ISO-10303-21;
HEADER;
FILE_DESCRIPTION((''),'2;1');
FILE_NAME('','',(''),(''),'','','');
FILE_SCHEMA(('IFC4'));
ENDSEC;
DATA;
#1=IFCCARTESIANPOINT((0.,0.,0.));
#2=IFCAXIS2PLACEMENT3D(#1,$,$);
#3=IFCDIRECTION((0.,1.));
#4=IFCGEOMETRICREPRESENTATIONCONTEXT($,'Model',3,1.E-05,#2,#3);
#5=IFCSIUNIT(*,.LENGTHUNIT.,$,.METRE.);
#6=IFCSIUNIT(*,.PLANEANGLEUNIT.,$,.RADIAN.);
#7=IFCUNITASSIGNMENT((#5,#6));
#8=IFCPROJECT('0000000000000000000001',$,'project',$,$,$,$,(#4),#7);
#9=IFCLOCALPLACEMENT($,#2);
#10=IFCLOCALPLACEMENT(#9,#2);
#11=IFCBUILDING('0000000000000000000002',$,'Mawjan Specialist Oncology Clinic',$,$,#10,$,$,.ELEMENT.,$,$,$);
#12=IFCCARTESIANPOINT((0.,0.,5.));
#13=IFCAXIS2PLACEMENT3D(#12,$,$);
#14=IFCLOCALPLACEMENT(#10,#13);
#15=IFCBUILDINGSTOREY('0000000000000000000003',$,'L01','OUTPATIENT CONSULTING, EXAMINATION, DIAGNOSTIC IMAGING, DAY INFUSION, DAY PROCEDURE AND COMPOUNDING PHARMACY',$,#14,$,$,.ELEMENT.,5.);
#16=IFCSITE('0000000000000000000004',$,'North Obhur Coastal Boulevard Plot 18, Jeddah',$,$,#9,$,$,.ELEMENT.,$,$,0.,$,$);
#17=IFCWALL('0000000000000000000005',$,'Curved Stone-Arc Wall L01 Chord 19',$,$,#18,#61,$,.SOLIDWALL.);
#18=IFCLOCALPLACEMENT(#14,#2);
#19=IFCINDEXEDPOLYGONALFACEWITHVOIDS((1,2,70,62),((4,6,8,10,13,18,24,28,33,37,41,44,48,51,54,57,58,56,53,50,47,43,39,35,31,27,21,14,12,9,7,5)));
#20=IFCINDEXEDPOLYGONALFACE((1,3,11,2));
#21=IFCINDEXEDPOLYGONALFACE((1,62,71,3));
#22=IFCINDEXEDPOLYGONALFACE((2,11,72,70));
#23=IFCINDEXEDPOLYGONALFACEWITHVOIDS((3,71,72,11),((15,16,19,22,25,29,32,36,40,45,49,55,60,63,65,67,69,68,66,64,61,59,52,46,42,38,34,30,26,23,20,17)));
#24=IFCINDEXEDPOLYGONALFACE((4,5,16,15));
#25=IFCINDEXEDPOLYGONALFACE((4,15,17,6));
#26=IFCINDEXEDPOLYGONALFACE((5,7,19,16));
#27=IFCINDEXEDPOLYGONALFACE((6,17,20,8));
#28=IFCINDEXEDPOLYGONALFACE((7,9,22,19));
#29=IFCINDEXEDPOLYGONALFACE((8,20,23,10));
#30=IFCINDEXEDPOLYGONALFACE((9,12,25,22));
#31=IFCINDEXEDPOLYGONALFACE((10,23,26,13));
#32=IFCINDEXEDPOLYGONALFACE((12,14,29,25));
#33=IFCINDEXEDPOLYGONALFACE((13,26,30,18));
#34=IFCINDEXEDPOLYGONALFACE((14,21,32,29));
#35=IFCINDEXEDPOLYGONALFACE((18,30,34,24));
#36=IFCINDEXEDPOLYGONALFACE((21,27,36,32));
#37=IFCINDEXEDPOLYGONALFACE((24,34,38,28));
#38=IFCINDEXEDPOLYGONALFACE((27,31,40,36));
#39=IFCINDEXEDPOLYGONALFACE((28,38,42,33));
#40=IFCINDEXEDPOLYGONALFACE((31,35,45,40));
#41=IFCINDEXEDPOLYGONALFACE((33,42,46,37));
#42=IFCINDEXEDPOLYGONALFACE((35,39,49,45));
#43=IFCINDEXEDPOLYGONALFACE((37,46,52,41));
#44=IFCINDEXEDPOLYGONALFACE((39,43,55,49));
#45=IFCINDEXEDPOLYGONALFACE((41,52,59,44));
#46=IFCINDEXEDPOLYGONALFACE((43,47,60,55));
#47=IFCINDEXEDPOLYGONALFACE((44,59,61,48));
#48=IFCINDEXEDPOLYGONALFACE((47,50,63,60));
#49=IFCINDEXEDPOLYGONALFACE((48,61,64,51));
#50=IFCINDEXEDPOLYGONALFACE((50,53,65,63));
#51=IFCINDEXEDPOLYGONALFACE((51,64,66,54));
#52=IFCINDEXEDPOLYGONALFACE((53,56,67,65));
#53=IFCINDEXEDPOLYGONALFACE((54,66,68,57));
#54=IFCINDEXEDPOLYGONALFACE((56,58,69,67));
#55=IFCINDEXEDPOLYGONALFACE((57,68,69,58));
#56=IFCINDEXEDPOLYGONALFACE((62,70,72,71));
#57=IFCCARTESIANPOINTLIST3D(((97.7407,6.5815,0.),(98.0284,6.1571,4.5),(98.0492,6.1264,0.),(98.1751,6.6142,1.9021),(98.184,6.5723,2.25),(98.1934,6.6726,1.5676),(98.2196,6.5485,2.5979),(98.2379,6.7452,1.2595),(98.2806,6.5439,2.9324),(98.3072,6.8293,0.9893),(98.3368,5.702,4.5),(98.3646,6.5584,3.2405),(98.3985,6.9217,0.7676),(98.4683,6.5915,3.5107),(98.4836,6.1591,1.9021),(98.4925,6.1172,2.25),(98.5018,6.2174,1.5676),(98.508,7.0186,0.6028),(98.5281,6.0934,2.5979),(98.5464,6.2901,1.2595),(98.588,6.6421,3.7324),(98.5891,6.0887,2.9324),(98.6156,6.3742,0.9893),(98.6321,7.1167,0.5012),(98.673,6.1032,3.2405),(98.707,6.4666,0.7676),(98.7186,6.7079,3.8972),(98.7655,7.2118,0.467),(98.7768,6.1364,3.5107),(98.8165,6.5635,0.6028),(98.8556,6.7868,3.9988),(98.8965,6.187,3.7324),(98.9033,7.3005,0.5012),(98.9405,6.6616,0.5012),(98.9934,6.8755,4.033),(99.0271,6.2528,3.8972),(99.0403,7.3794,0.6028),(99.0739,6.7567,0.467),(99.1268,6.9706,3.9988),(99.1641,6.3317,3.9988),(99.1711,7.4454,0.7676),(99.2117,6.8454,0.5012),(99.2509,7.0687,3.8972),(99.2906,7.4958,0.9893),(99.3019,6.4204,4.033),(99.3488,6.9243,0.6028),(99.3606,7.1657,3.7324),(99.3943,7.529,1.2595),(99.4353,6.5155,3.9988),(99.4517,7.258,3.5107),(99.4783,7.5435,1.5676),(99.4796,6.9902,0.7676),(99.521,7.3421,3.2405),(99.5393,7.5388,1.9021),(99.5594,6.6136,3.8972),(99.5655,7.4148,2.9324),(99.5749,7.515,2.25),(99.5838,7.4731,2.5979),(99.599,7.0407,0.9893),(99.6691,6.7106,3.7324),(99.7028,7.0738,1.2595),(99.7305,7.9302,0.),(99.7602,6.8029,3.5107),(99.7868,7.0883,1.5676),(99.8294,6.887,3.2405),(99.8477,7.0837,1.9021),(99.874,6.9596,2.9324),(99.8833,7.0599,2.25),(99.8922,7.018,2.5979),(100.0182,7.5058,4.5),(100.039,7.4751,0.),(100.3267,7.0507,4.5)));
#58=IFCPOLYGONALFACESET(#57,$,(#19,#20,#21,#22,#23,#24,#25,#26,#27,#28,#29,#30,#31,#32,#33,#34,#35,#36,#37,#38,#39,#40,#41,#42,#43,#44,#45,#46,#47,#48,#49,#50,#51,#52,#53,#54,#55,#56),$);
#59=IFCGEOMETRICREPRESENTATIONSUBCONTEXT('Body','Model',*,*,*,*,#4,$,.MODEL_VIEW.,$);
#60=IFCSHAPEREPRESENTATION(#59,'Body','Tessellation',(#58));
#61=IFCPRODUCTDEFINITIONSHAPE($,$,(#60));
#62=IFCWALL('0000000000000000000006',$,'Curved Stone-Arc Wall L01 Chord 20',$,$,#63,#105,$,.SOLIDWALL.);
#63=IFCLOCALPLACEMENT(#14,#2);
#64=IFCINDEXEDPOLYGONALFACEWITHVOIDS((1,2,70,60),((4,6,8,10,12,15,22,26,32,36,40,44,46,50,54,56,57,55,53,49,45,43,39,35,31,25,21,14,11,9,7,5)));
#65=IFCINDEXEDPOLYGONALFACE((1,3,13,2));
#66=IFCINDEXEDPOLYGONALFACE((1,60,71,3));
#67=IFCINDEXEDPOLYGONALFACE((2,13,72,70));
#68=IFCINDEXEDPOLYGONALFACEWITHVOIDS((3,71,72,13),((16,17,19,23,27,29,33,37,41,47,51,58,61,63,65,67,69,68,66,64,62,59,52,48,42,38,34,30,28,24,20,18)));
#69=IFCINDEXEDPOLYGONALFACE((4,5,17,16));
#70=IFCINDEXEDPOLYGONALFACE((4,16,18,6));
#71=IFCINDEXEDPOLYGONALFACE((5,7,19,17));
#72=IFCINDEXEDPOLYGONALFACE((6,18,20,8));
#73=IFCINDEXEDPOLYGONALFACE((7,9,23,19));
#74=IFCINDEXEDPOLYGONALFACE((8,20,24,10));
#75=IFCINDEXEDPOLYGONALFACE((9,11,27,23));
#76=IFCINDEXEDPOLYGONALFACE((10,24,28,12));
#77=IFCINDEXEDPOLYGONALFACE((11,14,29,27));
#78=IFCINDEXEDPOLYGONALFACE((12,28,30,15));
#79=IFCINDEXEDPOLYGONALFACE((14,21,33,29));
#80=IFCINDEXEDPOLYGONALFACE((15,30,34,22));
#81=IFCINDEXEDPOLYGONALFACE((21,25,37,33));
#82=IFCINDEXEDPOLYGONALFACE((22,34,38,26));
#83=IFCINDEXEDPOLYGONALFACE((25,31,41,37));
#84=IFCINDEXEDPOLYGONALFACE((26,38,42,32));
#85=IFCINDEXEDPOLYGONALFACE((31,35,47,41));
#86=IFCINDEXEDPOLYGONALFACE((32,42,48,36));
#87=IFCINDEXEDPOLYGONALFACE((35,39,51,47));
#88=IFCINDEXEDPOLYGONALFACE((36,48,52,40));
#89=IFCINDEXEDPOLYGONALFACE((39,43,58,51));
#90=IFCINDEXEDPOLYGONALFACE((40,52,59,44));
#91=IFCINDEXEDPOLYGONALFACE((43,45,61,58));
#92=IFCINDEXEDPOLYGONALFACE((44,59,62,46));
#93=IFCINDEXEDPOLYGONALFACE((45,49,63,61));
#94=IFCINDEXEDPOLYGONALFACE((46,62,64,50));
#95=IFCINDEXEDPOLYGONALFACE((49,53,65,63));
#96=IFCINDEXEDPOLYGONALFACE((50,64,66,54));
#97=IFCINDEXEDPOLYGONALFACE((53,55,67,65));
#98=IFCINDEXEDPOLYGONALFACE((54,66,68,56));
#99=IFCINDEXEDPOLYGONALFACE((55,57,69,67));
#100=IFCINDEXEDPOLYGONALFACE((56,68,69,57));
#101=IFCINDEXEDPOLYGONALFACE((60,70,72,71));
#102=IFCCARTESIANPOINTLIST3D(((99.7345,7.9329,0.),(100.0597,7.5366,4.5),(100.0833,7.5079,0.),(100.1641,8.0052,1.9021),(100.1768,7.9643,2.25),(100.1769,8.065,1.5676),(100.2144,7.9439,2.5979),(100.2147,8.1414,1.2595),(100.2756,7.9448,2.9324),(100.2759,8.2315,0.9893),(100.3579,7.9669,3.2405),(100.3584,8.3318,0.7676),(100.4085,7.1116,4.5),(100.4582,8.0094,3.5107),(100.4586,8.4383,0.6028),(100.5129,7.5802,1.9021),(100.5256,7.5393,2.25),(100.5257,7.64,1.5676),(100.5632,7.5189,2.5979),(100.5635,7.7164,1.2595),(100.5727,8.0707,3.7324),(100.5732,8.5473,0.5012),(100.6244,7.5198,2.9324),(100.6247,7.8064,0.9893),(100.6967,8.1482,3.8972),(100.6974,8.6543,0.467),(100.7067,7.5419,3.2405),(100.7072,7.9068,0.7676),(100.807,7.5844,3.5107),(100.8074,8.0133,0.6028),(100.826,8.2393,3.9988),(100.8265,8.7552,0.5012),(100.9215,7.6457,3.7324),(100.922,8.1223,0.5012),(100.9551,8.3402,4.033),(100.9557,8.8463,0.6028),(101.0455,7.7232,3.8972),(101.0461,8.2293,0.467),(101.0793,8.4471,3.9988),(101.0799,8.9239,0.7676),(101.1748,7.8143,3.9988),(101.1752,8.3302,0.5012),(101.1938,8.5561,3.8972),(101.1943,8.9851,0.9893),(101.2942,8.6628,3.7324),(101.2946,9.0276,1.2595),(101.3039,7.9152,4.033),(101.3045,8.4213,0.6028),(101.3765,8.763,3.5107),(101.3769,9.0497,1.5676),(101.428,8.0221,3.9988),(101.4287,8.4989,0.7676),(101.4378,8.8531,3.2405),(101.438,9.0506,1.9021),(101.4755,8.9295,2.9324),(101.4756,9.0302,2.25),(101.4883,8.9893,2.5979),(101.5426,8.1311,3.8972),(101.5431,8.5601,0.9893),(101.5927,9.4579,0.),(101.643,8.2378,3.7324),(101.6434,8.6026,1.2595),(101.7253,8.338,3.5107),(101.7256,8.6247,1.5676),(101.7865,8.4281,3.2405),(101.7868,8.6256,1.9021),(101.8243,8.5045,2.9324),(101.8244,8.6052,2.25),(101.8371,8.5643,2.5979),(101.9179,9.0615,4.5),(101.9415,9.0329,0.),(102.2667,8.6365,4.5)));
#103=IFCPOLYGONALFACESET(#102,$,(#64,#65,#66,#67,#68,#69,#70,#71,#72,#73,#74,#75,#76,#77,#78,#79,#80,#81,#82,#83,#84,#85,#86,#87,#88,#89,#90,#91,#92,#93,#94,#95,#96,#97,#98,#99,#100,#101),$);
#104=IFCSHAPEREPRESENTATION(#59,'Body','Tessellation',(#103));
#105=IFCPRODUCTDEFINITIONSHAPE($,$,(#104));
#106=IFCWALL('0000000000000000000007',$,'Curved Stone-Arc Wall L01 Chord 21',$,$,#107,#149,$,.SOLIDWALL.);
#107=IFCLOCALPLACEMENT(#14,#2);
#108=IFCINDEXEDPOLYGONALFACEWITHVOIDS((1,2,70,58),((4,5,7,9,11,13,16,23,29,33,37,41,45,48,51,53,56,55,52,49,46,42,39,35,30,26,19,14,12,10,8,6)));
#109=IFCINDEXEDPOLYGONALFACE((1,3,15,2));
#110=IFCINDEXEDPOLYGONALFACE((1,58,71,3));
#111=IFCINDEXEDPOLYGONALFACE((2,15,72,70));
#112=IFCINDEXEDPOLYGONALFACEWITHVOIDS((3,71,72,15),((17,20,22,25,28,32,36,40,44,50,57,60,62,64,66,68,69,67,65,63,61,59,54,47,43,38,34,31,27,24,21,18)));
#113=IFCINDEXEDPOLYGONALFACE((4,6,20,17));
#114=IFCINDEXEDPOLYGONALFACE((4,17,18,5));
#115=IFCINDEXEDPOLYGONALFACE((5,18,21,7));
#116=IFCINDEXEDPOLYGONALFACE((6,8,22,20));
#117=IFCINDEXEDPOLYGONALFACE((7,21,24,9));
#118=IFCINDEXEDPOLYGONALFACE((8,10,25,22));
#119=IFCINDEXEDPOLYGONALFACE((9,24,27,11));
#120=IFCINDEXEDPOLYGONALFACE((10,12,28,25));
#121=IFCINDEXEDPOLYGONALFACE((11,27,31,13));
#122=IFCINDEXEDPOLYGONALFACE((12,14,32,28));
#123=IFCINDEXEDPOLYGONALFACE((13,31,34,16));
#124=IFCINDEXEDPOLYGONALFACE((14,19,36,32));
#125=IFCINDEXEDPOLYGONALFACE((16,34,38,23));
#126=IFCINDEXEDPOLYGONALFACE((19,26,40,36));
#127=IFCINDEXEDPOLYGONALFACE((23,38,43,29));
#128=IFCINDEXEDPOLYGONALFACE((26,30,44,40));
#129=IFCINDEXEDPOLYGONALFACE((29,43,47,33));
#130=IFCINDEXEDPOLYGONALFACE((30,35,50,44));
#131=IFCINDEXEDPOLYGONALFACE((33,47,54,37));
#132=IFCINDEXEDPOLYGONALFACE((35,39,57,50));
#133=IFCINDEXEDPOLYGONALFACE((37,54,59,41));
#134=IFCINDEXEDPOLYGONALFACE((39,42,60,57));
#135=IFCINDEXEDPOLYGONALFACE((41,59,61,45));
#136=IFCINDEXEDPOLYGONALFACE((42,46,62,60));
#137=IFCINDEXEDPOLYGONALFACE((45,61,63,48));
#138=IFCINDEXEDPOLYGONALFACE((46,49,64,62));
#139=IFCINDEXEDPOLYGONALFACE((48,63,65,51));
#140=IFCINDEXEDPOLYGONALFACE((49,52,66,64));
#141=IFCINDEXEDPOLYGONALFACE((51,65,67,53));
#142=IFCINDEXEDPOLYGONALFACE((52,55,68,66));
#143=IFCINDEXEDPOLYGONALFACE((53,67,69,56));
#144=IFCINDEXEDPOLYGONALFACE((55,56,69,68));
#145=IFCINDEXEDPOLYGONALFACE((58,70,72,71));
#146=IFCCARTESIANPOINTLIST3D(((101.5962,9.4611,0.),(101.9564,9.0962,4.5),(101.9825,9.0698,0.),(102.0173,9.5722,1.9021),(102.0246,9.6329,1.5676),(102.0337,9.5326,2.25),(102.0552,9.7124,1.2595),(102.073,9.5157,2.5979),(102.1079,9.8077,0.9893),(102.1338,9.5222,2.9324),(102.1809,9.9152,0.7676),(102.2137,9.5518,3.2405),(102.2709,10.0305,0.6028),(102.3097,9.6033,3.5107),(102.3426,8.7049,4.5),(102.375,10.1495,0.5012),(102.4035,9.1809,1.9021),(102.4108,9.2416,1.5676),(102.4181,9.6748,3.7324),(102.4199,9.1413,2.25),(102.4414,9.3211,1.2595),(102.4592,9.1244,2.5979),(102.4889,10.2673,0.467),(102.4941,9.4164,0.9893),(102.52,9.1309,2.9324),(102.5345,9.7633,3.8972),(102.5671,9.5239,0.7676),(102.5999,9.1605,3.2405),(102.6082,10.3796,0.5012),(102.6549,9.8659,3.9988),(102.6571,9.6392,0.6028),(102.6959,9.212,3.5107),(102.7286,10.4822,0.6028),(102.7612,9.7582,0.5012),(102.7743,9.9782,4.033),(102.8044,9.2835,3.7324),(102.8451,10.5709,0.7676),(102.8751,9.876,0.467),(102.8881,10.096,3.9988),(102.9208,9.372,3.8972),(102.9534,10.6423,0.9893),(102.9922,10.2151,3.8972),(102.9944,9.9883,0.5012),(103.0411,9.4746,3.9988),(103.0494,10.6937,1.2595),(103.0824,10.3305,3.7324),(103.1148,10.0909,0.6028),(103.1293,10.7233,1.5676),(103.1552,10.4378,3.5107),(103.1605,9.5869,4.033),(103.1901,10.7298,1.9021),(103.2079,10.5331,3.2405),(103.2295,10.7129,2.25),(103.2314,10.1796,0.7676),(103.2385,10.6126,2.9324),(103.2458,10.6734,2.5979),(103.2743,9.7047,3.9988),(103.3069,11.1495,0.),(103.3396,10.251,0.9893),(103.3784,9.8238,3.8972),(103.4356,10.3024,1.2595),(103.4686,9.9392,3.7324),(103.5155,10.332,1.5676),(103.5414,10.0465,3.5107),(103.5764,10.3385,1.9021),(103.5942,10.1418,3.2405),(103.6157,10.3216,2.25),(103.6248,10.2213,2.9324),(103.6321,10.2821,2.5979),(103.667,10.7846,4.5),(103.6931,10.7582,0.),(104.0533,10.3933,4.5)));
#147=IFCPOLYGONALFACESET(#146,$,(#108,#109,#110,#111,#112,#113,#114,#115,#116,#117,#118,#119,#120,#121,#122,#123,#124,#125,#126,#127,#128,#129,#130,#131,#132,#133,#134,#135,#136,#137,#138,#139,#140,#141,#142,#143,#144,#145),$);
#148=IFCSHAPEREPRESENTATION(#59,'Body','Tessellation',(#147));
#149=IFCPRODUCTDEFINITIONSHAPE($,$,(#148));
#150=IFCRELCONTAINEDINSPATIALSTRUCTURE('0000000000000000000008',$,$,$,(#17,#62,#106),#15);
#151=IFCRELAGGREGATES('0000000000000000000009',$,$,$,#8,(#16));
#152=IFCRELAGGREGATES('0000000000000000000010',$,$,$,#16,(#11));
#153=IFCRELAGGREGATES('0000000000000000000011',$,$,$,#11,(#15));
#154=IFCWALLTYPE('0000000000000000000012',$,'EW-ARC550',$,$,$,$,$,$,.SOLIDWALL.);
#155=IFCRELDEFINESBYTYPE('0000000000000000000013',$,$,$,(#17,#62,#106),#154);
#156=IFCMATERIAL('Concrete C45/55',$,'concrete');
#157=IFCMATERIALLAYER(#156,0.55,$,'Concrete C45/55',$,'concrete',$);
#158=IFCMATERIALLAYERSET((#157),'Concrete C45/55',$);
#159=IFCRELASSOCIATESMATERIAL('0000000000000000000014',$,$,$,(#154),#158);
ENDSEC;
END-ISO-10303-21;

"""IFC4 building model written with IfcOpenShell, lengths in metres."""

from ifc_helpers import new_model, si_unit, direction, frame, origin, place, context, subcontext, project, spatial, polyline, outline, extrude, material, layer, layer_set, type_object, element, save


model = new_model("IFC4")

# Units and contexts
model_context = context("Model", 3, precision=1e-05, world=origin(), true_north=direction((0.0, 1.0)))
body_context = subcontext(model_context, "Body", "Model", "MODEL_VIEW")
ifc_project = project(units=[si_unit("LENGTHUNIT", "METRE"), si_unit("PLANEANGLEUNIT", "RADIAN")], contexts=[model_context])

# Site, building, storey
site_placement = place(None, origin())
site = spatial("IfcSite", under=ifc_project, at=site_placement, Name="North Obhur Coastal Boulevard Plot 18, Jeddah", CompositionType="ELEMENT", RefElevation=0.0)
building_placement = place(site_placement, origin())
building = spatial("IfcBuilding", under=site, at=building_placement, Name="Mawjan Specialist Oncology Clinic", CompositionType="ELEMENT")
storey_placement = place(building_placement, frame((0.0, 0.0, 5.0)))
storey = spatial("IfcBuildingStorey", under=building, at=storey_placement, Name="L01", Description="OUTPATIENT CONSULTING, EXAMINATION, DIAGNOSTIC IMAGING, DAY INFUSION, DAY PROCEDURE AND COMPOUNDING PHARMACY", CompositionType="ELEMENT", Elevation=5.0)

# Walls, openings
ifc_material_1 = material(Name="Concrete C45/55", Category="concrete")
ifc_layer = layer(ifc_material_1, 0.55, Name="Concrete C45/55", Category="concrete")
ifc_layer_set = layer_set([ifc_layer], Name="Concrete C45/55")
wall_type = type_object("IfcWallType", Name="EW-ARC550", PredefinedType="SOLIDWALL", material=ifc_layer_set)
wall_1_placement = place(storey_placement, frame((99.8848, 7.7026, 0.0), z_axis=(0.0, 0.0, 1.0), x_axis=(-0.827776, -0.561059, 0.0)))
wall_1 = element("IfcWall", 1, at=wall_1_placement, inside=storey, type_object=wall_type, Name="Curved Stone-Arc Wall L01 Chord 19", PredefinedType="SOLIDWALL", context=body_context, shape_type="SweptSolid", body=[
    extrude(outline(polyline([(-0.2749, 0.0), (0.2749, 0.0), (0.7876, 4.5), (0.2378, 4.5), (-0.2749, 0.0)])), frame((0.0, 0.0, 0.0), z_axis=(1.0, 0.0, 0.0), x_axis=(0.0, 1.0, 0.0)), (0.0, 0.0, 1.0), 2.4038),
])
opening_1_placement = place(wall_1_placement, origin())
element("IfcOpeningElement", 2, at=opening_1_placement, cuts=wall_1, PredefinedType="OPENING", context=body_context, shape_type="SweptSolid", body=[
    extrude(outline(polyline([(2.042, 2.25), (2.0259, 2.5979), (1.978, 2.9324), (1.9004, 3.2405), (1.7959, 3.5107), (1.6685, 3.7324), (1.5234, 3.8972), (1.3657, 3.9988), (1.2019, 4.033), (1.0381, 3.9988), (0.8804, 3.8972), (0.7351, 3.7324), (0.6079, 3.5107), (0.5034, 3.2405), (0.4258, 2.9324), (0.3779, 2.5979), (0.3618, 2.25), (0.3779, 1.9021), (0.4258, 1.5676), (0.5034, 1.2595), (0.6079, 0.9893), (0.7351, 0.7676), (0.8804, 0.6028), (1.0381, 0.5012), (1.2019, 0.467), (1.3657, 0.5012), (1.5234, 0.6028), (1.6685, 0.7676), (1.7959, 0.9893), (1.9004, 1.2595), (1.978, 1.5676), (2.0259, 1.9021), (2.042, 2.25)])), frame((0.0, 0.8076, 0.0), z_axis=(0.0, -1.0, 0.0), x_axis=(1.0, 0.0, 0.0)), (0.0, 0.0, 1.0), 1.1028),
])
wall_2_placement = place(storey_placement, frame((101.7671, 9.2454, 0.0), z_axis=(0.0, 0.0, 1.0), x_axis=(-0.77302, -0.634382, 0.0)))
wall_2 = element("IfcWall", 3, at=wall_2_placement, inside=storey, type_object=wall_type, Name="Curved Stone-Arc Wall L01 Chord 20", PredefinedType="SOLIDWALL", context=body_context, shape_type="SweptSolid", body=[
    extrude(outline(polyline([(-0.2749, 0.0), (0.2749, 0.0), (0.7876, 4.5), (0.2378, 4.5), (-0.2749, 0.0)])), frame((0.0, 0.0, 0.0), z_axis=(1.0, 0.0, 0.0), x_axis=(0.0, 1.0, 0.0)), (0.0, 0.0, 1.0), 2.4038),
])
opening_2_placement = place(wall_2_placement, origin())
element("IfcOpeningElement", 4, at=opening_2_placement, cuts=wall_2, PredefinedType="OPENING", context=body_context, shape_type="SweptSolid", body=[
    extrude(outline(polyline([(2.042, 2.25), (2.0259, 2.5979), (1.978, 2.9324), (1.9004, 3.2405), (1.7959, 3.5107), (1.6685, 3.7324), (1.5234, 3.8972), (1.3657, 3.9988), (1.2019, 4.033), (1.0381, 3.9988), (0.8804, 3.8972), (0.7351, 3.7324), (0.6079, 3.5107), (0.5034, 3.2405), (0.4258, 2.9324), (0.3779, 2.5979), (0.3618, 2.25), (0.3779, 1.9021), (0.4258, 1.5676), (0.5034, 1.2595), (0.6079, 0.9893), (0.7351, 0.7676), (0.8804, 0.6028), (1.0381, 0.5012), (1.2019, 0.467), (1.3657, 0.5012), (1.5234, 0.6028), (1.6685, 0.7676), (1.7959, 0.9893), (1.9004, 1.2595), (1.978, 1.5676), (2.0259, 1.9021), (2.042, 2.25)])), frame((0.0, 0.8076, 0.0), z_axis=(0.0, -1.0, 0.0), x_axis=(1.0, 0.0, 0.0)), (0.0, 0.0, 1.0), 1.1028),
])
wall_3_placement = place(storey_placement, frame((103.5, 10.9539, 0.0), z_axis=(0.0, 0.0, 1.0), x_axis=(-0.711713, -0.70247, 0.0)))
wall_3 = element("IfcWall", 5, at=wall_3_placement, inside=storey, type_object=wall_type, Name="Curved Stone-Arc Wall L01 Chord 21", PredefinedType="SOLIDWALL", context=body_context, shape_type="SweptSolid", body=[
    extrude(outline(polyline([(-0.2749, 0.0), (0.2749, 0.0), (0.7876, 4.5), (0.2378, 4.5), (-0.2749, 0.0)])), frame((0.0, 0.0, 0.0), z_axis=(1.0, 0.0, 0.0), x_axis=(0.0, 1.0, 0.0)), (0.0, 0.0, 1.0), 2.4036),
])
opening_3_placement = place(wall_3_placement, origin())
element("IfcOpeningElement", 6, at=opening_3_placement, cuts=wall_3, PredefinedType="OPENING", context=body_context, shape_type="SweptSolid", body=[
    extrude(outline(polyline([(2.042, 2.25), (2.0259, 2.5979), (1.978, 2.9324), (1.9004, 3.2405), (1.7959, 3.5107), (1.6685, 3.7324), (1.5234, 3.8972), (1.3657, 3.9988), (1.2019, 4.033), (1.0381, 3.9988), (0.8804, 3.8972), (0.7351, 3.7324), (0.6079, 3.5107), (0.5034, 3.2405), (0.4258, 2.9324), (0.3779, 2.5979), (0.3618, 2.25), (0.3779, 1.9021), (0.4258, 1.5676), (0.5034, 1.2595), (0.6079, 0.9893), (0.7351, 0.7676), (0.8804, 0.6028), (1.0381, 0.5012), (1.2019, 0.467), (1.3657, 0.5012), (1.5234, 0.6028), (1.6685, 0.7676), (1.7959, 0.9893), (1.9004, 1.2595), (1.978, 1.5676), (2.0259, 1.9021), (2.042, 2.25)])), frame((0.0, 0.8076, 0.0), z_axis=(0.0, -1.0, 0.0), x_axis=(1.0, 0.0, 0.0)), (0.0, 0.0, 1.0), 1.1028),
])

save(model, "model.ifc")
